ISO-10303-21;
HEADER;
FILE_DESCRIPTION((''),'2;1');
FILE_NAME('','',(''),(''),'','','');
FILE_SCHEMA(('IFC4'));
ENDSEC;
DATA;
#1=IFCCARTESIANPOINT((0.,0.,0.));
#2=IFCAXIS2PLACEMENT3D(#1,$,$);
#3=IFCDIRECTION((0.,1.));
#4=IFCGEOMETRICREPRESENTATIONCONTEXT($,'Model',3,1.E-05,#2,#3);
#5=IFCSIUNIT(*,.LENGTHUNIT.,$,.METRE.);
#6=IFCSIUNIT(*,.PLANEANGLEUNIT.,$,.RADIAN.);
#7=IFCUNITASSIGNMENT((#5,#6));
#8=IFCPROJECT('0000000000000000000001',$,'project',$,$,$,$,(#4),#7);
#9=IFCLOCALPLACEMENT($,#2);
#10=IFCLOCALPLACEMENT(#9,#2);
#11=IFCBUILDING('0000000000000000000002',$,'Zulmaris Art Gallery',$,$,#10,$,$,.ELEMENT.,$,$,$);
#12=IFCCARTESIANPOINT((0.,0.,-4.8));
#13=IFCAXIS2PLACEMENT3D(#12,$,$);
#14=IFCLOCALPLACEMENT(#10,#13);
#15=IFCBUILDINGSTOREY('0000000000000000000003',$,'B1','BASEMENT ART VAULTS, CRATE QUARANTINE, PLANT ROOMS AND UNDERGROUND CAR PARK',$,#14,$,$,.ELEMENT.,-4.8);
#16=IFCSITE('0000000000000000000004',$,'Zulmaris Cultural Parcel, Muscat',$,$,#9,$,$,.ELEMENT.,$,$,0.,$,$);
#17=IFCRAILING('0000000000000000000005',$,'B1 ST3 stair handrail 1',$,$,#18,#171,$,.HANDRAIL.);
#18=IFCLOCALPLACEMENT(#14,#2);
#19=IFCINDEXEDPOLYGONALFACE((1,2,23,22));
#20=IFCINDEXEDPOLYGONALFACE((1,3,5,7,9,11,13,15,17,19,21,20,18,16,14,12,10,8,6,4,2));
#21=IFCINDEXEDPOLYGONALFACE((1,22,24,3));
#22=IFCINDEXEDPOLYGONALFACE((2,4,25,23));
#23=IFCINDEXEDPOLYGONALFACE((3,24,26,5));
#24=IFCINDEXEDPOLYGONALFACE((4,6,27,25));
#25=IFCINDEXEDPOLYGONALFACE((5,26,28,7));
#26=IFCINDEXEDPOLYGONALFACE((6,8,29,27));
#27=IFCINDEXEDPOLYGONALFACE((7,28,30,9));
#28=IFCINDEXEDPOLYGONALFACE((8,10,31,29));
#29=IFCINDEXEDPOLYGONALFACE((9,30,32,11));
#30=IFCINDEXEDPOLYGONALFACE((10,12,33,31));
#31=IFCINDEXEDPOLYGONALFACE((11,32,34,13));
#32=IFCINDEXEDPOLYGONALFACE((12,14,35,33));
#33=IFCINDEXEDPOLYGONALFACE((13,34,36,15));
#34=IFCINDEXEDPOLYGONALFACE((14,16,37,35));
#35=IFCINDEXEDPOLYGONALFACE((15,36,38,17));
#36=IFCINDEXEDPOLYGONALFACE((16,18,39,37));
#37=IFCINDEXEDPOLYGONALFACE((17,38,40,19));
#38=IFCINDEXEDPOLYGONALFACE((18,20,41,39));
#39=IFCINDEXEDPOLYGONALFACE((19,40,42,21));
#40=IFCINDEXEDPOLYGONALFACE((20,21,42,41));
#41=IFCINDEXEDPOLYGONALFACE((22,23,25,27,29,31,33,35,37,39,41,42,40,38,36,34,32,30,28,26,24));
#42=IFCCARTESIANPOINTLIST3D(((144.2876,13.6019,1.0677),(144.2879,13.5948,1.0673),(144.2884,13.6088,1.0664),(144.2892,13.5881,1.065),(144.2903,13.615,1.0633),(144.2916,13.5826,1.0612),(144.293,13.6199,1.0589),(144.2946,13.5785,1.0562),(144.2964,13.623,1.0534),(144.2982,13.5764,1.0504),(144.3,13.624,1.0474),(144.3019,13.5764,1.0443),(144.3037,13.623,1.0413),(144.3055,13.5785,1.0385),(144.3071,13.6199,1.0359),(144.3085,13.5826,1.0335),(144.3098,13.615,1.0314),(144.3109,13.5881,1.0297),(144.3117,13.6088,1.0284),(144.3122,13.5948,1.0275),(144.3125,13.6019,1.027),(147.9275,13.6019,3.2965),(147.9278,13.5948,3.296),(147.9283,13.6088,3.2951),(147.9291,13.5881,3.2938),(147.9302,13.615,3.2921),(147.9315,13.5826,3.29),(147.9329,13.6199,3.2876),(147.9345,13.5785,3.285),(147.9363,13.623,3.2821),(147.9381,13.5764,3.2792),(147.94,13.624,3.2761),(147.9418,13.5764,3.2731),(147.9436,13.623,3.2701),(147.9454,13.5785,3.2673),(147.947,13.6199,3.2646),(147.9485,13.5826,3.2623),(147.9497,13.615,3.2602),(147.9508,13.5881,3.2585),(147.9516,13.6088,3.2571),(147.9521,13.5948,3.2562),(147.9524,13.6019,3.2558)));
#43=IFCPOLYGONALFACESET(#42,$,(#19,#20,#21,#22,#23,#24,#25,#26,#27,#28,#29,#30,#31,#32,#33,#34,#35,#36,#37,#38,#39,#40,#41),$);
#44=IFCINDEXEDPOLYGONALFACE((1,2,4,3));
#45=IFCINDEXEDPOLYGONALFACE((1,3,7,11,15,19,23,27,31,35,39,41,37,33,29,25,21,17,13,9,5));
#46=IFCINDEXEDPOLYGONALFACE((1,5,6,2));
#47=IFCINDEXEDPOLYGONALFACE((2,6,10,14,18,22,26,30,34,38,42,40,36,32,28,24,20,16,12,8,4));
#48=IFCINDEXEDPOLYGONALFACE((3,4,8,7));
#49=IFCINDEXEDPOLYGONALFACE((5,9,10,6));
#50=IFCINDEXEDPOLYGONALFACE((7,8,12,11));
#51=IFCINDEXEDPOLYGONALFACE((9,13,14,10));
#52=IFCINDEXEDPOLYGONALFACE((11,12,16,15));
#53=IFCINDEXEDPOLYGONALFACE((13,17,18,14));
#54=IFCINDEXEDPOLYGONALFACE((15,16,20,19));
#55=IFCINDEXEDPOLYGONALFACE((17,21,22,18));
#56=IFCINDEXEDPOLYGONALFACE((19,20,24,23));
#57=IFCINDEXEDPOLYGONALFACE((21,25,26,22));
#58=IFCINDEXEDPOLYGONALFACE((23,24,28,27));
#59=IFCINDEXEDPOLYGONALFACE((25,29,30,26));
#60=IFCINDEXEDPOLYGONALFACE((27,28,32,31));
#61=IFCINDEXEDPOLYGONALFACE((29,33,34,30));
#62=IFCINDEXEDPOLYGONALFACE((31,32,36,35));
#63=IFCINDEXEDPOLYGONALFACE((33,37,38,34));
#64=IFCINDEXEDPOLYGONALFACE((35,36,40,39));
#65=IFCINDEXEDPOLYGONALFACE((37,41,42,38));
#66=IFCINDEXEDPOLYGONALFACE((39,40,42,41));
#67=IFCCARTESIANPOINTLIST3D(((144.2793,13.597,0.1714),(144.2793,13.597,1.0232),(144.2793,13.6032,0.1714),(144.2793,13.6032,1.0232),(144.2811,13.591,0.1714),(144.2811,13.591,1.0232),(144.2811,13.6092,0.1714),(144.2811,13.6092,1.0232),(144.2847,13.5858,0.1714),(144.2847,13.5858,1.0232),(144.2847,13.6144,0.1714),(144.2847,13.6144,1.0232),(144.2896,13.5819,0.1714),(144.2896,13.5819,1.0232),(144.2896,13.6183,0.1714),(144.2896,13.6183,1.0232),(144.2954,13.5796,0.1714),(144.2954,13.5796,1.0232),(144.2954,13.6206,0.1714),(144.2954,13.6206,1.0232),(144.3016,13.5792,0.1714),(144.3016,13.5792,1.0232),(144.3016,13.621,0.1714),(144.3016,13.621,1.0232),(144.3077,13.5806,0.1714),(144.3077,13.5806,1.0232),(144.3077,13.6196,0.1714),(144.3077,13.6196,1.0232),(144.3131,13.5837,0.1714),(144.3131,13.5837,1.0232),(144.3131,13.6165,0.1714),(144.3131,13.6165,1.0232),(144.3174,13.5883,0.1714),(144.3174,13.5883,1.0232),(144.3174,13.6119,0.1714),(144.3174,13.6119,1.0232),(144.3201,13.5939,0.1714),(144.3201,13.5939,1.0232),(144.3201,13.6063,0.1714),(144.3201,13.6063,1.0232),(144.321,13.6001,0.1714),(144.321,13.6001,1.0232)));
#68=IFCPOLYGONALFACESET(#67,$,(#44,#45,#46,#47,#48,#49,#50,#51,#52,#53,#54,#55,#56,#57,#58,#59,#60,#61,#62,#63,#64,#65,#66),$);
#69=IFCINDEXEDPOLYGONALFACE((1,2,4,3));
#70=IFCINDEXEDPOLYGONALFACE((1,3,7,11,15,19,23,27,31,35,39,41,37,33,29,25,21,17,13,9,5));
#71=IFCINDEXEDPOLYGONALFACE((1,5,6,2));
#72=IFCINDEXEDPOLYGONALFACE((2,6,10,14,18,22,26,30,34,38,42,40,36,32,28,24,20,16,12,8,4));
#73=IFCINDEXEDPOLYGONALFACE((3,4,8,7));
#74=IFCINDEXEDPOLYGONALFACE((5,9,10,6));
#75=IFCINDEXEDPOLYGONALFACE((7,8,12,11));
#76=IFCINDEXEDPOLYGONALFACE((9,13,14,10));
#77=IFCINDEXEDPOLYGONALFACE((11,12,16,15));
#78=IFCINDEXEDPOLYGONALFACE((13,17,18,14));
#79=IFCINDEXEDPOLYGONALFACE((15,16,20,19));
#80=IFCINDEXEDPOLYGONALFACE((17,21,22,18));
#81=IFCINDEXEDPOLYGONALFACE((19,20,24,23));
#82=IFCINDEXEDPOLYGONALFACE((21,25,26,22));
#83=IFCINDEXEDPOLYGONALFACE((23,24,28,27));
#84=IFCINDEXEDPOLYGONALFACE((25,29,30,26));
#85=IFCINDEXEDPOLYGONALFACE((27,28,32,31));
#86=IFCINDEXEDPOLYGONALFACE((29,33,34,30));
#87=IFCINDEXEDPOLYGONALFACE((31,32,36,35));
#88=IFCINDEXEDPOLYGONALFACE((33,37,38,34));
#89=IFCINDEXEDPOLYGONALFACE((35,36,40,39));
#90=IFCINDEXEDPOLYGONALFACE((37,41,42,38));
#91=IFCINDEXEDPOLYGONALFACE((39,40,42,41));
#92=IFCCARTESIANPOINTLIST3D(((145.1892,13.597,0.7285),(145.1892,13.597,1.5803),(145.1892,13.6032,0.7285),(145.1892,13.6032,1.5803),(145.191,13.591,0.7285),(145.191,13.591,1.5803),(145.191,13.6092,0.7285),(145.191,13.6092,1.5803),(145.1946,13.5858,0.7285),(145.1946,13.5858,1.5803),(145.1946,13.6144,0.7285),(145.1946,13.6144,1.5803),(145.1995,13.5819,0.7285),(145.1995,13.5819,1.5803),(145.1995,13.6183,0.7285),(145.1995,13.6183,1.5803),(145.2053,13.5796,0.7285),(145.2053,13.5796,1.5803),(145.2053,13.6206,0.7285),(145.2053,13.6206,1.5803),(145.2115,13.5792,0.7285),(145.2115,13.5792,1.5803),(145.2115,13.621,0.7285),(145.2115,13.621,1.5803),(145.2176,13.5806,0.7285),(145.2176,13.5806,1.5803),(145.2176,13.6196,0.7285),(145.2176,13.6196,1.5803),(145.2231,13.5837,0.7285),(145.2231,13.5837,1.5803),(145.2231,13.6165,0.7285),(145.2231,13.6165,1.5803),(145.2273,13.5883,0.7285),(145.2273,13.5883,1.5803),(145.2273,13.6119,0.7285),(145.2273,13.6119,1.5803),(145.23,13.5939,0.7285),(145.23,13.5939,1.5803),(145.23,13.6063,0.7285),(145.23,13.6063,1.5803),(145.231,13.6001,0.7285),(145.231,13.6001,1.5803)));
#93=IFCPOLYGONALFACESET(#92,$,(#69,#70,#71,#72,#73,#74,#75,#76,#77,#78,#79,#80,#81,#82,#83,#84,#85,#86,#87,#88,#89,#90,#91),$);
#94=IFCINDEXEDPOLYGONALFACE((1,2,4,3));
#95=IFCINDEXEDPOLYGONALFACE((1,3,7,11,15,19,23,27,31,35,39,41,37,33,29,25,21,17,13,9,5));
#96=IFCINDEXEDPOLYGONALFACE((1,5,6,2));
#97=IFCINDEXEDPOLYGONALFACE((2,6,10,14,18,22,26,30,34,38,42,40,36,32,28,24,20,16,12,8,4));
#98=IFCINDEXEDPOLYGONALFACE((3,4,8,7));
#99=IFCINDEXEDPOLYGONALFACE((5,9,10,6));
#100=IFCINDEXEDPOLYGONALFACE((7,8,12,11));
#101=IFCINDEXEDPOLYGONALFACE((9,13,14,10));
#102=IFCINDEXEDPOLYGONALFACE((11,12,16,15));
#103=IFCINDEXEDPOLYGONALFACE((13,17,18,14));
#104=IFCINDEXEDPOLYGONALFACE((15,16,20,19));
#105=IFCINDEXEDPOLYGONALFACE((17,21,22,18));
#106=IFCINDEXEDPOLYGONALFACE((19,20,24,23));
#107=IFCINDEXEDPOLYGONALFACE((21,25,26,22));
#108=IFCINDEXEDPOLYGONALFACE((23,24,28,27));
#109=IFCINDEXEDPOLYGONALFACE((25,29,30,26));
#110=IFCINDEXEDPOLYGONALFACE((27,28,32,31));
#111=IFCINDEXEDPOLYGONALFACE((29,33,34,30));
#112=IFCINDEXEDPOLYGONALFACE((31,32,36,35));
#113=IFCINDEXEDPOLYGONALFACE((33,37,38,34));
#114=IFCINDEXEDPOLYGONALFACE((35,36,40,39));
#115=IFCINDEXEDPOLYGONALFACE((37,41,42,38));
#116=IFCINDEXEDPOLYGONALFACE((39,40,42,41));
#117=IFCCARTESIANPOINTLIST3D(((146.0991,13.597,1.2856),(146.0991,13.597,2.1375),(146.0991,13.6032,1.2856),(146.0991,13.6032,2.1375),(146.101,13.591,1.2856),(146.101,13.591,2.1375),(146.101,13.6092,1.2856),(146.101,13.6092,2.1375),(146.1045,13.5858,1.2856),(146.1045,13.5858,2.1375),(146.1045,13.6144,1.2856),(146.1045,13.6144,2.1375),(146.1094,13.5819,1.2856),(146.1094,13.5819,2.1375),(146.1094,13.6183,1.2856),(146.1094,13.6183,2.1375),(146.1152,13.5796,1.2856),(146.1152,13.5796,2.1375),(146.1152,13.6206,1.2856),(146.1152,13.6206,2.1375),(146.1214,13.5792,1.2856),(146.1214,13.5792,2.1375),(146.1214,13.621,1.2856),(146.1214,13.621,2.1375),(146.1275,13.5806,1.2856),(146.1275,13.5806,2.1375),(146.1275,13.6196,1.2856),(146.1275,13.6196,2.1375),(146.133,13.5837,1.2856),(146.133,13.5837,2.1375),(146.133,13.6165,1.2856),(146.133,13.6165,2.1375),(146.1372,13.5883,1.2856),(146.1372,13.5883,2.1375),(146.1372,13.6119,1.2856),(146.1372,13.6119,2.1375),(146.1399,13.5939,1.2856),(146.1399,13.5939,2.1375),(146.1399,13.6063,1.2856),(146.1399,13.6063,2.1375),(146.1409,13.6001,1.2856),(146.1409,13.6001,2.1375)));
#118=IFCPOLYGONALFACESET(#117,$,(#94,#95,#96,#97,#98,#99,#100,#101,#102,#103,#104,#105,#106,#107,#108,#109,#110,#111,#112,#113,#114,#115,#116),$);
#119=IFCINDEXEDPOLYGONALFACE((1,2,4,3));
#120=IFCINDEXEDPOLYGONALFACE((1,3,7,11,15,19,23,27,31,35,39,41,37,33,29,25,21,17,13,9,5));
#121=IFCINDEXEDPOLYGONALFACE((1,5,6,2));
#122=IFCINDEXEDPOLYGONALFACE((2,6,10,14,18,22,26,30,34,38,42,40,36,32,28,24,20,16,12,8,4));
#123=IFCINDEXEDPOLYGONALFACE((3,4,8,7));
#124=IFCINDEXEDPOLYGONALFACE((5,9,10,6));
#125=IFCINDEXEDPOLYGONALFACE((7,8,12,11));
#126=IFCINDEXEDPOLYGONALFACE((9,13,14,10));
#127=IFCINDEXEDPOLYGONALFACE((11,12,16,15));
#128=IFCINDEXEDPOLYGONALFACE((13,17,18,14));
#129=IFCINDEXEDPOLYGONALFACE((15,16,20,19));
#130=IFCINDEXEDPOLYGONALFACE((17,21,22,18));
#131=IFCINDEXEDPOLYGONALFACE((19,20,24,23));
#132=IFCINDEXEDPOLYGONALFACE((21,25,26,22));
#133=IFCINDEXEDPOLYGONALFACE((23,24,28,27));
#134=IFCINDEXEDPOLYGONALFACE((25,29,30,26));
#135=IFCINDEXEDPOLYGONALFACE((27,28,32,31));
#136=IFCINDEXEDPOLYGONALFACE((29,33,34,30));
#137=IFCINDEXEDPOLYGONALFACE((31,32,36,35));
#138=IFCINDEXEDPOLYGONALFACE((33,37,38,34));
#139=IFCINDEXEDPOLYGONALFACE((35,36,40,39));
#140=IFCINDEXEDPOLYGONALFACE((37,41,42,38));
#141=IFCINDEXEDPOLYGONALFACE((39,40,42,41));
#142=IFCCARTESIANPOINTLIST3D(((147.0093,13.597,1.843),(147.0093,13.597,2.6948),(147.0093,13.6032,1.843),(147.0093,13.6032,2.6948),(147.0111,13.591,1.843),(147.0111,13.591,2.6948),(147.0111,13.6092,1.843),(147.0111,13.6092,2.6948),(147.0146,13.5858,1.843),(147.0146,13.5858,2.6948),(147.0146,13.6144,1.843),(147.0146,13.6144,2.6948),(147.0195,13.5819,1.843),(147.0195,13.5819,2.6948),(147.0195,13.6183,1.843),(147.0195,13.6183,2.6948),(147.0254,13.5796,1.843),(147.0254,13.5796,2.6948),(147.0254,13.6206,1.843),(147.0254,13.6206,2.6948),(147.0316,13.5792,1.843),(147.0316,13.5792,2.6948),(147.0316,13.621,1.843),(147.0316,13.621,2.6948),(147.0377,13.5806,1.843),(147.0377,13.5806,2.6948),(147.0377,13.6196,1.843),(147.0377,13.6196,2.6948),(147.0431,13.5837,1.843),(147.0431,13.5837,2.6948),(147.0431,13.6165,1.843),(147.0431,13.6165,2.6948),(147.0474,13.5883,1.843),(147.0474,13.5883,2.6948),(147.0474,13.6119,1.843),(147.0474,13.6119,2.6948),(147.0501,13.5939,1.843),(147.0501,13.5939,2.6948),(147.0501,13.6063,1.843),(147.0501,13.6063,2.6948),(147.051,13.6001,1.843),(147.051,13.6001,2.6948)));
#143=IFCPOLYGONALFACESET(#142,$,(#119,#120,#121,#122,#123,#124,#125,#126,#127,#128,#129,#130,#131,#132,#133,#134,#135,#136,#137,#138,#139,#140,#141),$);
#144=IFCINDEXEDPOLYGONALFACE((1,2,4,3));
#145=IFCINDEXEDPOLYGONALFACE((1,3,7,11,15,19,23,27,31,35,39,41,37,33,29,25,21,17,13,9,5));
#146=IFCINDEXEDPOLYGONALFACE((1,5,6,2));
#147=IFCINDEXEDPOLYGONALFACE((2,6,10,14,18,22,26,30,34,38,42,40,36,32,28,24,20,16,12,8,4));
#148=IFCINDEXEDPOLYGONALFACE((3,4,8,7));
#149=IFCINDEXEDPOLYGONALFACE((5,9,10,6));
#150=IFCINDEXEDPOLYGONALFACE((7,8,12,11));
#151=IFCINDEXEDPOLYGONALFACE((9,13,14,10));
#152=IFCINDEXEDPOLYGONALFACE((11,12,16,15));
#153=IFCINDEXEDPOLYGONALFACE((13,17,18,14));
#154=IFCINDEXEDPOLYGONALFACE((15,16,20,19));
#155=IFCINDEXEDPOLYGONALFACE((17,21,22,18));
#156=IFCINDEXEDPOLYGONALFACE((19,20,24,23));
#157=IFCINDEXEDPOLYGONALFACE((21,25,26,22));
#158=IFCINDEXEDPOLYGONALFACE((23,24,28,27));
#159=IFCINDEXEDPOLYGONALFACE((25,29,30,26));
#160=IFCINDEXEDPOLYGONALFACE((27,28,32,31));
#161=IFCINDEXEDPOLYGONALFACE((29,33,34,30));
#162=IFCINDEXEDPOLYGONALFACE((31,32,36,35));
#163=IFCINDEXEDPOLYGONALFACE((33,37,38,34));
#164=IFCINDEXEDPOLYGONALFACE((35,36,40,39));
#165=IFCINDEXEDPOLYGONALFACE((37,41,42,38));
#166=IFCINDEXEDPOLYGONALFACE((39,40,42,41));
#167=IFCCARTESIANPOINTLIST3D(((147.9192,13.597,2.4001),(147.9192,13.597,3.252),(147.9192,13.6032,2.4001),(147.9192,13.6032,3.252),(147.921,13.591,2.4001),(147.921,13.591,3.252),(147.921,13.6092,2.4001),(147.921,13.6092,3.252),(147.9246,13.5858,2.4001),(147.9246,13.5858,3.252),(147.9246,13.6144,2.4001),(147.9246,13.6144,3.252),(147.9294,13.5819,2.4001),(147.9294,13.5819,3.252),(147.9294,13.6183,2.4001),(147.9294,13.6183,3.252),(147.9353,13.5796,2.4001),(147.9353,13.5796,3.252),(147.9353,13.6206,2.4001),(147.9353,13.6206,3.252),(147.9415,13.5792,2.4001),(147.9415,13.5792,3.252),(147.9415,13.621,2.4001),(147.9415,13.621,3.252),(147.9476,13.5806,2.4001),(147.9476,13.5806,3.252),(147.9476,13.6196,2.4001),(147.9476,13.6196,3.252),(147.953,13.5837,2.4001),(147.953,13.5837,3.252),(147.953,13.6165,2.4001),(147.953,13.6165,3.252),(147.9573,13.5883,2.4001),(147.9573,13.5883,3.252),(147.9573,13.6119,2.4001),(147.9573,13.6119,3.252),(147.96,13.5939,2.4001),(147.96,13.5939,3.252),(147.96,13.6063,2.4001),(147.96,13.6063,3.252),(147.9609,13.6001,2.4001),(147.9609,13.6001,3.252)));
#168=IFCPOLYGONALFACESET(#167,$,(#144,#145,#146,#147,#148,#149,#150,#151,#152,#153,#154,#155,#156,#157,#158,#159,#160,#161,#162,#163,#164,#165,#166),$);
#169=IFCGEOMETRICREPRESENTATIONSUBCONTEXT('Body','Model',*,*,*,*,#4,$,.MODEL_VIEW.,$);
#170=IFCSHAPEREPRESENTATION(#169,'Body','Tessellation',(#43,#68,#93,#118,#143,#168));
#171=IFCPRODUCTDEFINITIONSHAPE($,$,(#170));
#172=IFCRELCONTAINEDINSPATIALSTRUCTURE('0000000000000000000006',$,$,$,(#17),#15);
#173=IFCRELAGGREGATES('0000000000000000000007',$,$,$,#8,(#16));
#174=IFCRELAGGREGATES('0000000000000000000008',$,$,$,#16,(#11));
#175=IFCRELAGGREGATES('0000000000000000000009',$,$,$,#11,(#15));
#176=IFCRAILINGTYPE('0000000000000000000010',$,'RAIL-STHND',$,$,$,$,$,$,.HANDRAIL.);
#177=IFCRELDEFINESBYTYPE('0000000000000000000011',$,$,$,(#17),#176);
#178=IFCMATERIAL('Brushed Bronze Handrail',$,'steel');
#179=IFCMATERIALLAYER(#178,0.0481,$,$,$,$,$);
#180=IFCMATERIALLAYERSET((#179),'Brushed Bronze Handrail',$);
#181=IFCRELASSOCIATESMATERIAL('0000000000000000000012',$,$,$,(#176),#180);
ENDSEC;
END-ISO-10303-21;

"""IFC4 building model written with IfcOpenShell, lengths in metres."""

from ifc_helpers import new_model, si_unit, direction, frame, origin, origin_2d, place, context, subcontext, project, spatial, circle, extrude, material, layer, layer_set, type_object, element, save


model = new_model("IFC4")

# Units and contexts
model_context = context("Model", 3, precision=1e-05, world=origin(), true_north=direction((0.0, 1.0)))
body_context = subcontext(model_context, "Body", "Model", "MODEL_VIEW")
ifc_project = project(units=[si_unit("LENGTHUNIT", "METRE"), si_unit("PLANEANGLEUNIT", "RADIAN")], contexts=[model_context])

# Site, building, storey
site_placement = place(None, origin())
site = spatial("IfcSite", under=ifc_project, at=site_placement, Name="Zulmaris Cultural Parcel, Muscat", CompositionType="ELEMENT", RefElevation=0.0)
building_placement = place(site_placement, origin())
building = spatial("IfcBuilding", under=site, at=building_placement, Name="Zulmaris Art Gallery", CompositionType="ELEMENT")
storey_placement = place(building_placement, frame((0.0, 0.0, -4.8)))
storey = spatial("IfcBuildingStorey", under=building, at=storey_placement, Name="B1", Description="BASEMENT ART VAULTS, CRATE QUARANTINE, PLANT ROOMS AND UNDERGROUND CAR PARK", CompositionType="ELEMENT", Elevation=-4.8)

# Railing
ifc_material_1 = material(Name="Brushed Bronze Handrail", Category="steel")
ifc_layer_1 = layer(ifc_material_1, 0.0481)
ifc_layer_set_1 = layer_set([ifc_layer_1], Name="Brushed Bronze Handrail")
railing_type_1 = type_object("IfcRailingType", Name="RAIL-STHND", PredefinedType="HANDRAIL", material=ifc_layer_set_1)
railing_1_placement = place(storey_placement, frame((144.3, 13.6001, 0.1714)))
element("IfcRailing", 1, at=railing_1_placement, inside=storey, type_object=railing_type_1, Name="B1 ST3 stair handrail 1", PredefinedType="HANDRAIL", context=body_context, shape_type="SweptSolid", body=[
    extrude(circle(Radius=0.0239, at=origin_2d()), frame((0.0, 0.0, 0.876), z_axis=(0.852825, 0.0, 0.522197), x_axis=(0.0, 1.0, 0.0)), (0.0, 0.0, 1.0), 4.2681),
    extrude(circle(Radius=0.021, at=origin_2d()), origin(), (0.0, 0.0, 1.0), 0.8518),
    extrude(circle(Radius=0.021, at=origin_2d()), frame((0.9099, 0.0, 0.5571)), (0.0, 0.0, 1.0), 0.8518),
    extrude(circle(Radius=0.021, at=origin_2d()), frame((1.8198, 0.0, 1.1143)), (0.0, 0.0, 1.0), 0.8518),
    extrude(circle(Radius=0.021, at=origin_2d()), frame((2.73, 0.0, 1.6716)), (0.0, 0.0, 1.0), 0.8518),
    extrude(circle(Radius=0.021, at=origin_2d()), frame((3.6399, 0.0, 2.2288)), (0.0, 0.0, 1.0), 0.8518),
])

save(model, "model.ifc")
